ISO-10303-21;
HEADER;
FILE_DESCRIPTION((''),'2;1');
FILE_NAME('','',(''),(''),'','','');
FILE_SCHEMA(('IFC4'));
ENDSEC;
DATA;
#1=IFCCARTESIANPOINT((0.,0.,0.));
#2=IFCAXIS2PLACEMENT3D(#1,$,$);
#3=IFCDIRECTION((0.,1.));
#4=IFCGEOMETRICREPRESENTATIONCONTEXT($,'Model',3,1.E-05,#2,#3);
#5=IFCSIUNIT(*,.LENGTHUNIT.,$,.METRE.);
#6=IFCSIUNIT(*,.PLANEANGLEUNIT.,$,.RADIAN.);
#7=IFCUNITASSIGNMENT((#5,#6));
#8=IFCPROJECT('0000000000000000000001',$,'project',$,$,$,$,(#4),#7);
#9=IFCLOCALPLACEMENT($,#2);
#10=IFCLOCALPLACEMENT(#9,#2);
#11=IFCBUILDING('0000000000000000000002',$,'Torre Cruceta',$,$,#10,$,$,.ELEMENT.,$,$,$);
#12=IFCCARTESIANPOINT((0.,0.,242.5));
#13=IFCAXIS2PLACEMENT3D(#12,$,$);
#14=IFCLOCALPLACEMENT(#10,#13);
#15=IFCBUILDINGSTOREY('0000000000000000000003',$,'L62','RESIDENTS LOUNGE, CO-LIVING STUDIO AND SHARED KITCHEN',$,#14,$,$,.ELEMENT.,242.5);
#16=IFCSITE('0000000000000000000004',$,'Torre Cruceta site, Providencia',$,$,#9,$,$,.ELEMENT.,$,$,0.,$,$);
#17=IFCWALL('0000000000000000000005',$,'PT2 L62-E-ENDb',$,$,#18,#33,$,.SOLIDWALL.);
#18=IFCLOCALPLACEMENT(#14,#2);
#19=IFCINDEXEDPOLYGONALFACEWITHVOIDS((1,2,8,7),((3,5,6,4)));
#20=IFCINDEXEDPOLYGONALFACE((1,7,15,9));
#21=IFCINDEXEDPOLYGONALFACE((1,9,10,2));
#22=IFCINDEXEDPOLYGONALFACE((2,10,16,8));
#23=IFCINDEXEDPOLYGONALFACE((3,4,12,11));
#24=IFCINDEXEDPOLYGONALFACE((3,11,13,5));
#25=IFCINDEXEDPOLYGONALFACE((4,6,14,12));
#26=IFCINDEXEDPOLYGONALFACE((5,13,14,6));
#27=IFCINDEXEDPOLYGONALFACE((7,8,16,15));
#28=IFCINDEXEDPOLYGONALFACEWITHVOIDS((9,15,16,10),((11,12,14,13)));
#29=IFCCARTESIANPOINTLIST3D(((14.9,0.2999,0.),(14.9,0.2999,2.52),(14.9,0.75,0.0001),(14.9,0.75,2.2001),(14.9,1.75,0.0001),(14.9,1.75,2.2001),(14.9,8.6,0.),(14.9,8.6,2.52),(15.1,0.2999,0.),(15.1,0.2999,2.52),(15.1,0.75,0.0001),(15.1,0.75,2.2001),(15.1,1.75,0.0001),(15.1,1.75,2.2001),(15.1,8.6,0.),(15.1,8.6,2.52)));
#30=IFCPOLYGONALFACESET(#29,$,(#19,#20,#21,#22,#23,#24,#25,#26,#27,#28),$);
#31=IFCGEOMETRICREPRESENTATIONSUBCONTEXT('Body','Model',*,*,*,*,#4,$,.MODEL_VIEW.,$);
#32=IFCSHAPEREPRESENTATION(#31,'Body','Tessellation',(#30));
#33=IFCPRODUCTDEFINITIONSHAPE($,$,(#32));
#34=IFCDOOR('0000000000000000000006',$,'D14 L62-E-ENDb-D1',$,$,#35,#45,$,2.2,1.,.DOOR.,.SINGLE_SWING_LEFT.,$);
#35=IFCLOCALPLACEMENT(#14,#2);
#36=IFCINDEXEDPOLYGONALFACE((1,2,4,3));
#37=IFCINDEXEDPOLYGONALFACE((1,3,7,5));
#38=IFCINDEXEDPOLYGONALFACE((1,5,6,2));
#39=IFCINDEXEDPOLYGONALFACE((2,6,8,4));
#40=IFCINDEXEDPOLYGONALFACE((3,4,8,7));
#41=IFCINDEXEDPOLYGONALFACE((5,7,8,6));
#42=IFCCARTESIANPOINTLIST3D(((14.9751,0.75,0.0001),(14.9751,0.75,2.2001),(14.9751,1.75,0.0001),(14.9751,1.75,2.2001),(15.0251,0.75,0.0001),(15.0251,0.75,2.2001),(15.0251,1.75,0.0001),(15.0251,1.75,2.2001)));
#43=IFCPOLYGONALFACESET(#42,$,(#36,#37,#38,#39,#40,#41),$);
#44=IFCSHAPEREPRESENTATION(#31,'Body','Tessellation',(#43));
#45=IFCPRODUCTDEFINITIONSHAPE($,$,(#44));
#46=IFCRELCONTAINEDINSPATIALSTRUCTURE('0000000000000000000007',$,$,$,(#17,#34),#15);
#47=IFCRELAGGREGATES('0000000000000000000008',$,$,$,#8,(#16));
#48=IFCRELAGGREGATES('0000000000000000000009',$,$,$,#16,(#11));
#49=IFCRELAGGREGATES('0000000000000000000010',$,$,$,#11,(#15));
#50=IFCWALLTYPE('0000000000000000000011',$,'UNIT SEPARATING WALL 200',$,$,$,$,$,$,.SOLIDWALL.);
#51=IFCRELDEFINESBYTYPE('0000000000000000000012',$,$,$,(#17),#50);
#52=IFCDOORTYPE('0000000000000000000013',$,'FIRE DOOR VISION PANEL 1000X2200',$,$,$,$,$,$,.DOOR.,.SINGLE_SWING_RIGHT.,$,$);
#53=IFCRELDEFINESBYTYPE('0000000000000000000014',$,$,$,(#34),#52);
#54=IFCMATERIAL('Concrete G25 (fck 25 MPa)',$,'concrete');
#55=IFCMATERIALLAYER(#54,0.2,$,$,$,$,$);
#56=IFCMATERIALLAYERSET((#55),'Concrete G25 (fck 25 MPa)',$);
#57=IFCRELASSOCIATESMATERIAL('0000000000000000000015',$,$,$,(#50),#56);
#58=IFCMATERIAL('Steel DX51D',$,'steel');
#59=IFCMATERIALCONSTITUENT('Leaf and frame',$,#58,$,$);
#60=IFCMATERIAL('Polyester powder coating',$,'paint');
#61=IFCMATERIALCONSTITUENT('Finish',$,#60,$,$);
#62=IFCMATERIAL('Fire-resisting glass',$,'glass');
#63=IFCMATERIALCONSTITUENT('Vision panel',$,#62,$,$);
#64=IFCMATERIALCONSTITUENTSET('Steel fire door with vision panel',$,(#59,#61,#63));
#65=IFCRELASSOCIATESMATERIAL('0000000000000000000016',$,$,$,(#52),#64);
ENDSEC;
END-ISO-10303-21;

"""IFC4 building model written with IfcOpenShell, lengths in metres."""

from ifc_helpers import new_model, si_unit, direction, frame, frame_2d, origin, place, context, subcontext, project, spatial, rectangle, extrude, material, layer, layer_set, constituent, constituent_set, type_object, element, fill, save


model = new_model("IFC4")

# Units and contexts
model_context = context("Model", 3, precision=1e-05, world=origin(), true_north=direction((0.0, 1.0)))
body_context = subcontext(model_context, "Body", "Model", "MODEL_VIEW")
ifc_project = project(units=[si_unit("LENGTHUNIT", "METRE"), si_unit("PLANEANGLEUNIT", "RADIAN")], contexts=[model_context])

# Site, building, storey
site_placement = place(None, origin())
site = spatial("IfcSite", under=ifc_project, at=site_placement, Name="Torre Cruceta site, Providencia", CompositionType="ELEMENT", RefElevation=0.0)
building_placement = place(site_placement, origin())
building = spatial("IfcBuilding", under=site, at=building_placement, Name="Torre Cruceta", CompositionType="ELEMENT")
storey_placement = place(building_placement, frame((0.0, 0.0, 242.5)))
storey = spatial("IfcBuildingStorey", under=building, at=storey_placement, Name="L62", Description="RESIDENTS LOUNGE, CO-LIVING STUDIO AND SHARED KITCHEN", CompositionType="ELEMENT", Elevation=242.5)

# Wall, opening, door
ifc_material_1 = material(Name="Concrete G25 (fck 25 MPa)", Category="concrete")
ifc_layer_1 = layer(ifc_material_1, 0.2)
ifc_layer_set_1 = layer_set([ifc_layer_1], Name="Concrete G25 (fck 25 MPa)")
wall_type_1 = type_object("IfcWallType", Name="UNIT SEPARATING WALL 200", PredefinedType="SOLIDWALL", material=ifc_layer_set_1)
wall_1_placement = place(storey_placement, frame((15.0, 0.3, 0.0), z_axis=(0.0, 0.0, 1.0), x_axis=(0.0, 1.0, 0.0)))
wall_1 = element("IfcWall", 1, at=wall_1_placement, inside=storey, type_object=wall_type_1, Name="PT2 L62-E-ENDb", PredefinedType="SOLIDWALL", context=body_context, shape_type="SweptSolid", body=[
    extrude(rectangle(XDim=8.3, YDim=0.2, at=frame_2d((4.1499, 0.0))), origin(), (0.0, 0.0, 1.0), 2.52),
])
opening_1_placement = place(wall_1_placement, frame((0.45, 0.0, 0.0)))
opening_1 = element("IfcOpeningElement", 2, at=opening_1_placement, cuts=wall_1, PredefinedType="OPENING", context=body_context, shape_type="SweptSolid", body=[
    extrude(rectangle(XDim=1.0, YDim=2.2, at=frame_2d((0.5, 1.1001))), frame((0.0, 0.1099, 0.0), z_axis=(0.0, -1.0, 0.0), x_axis=(1.0, 0.0, 0.0)), (0.0, 0.0, 1.0), 0.22),
])
ifc_material_2 = material(Name="Steel DX51D", Category="steel")
ifc_constituent_1 = constituent(ifc_material_2, Name="Leaf and frame")
ifc_material_3 = material(Name="Polyester powder coating", Category="paint")
ifc_constituent_2 = constituent(ifc_material_3, Name="Finish")
ifc_material_4 = material(Name="Fire-resisting glass", Category="glass")
ifc_constituent_3 = constituent(ifc_material_4, Name="Vision panel")
ifc_constituent_set_1 = constituent_set(constituents=[ifc_constituent_1, ifc_constituent_2, ifc_constituent_3], Name="Steel fire door with vision panel")
door_type_1 = type_object("IfcDoorType", Name="FIRE DOOR VISION PANEL 1000X2200", OperationType="SINGLE_SWING_RIGHT", PredefinedType="DOOR", material=ifc_constituent_set_1)
door_1_placement = place(opening_1_placement, frame((1.0, 0.0, 0.0), z_axis=(0.0, 0.0, 1.0), x_axis=(-1.0, 0.0, 0.0)))
door_1 = element("IfcDoor", 3, at=door_1_placement, inside=storey, type_object=door_type_1, Name="D14 L62-E-ENDb-D1", OperationType="SINGLE_SWING_LEFT", OverallHeight=2.2, OverallWidth=1.0, PredefinedType="DOOR", context=body_context, shape_type="SweptSolid", body=[
    extrude(rectangle(XDim=1.0, YDim=2.2, at=frame_2d((0.5, 1.1001))), frame((0.0, 0.0251, 0.0), z_axis=(0.0, -1.0, 0.0), x_axis=(1.0, 0.0, 0.0)), (0.0, 0.0, 1.0), 0.05),
])
fill(opening_1, door_1)

save(model, "model.ifc")
